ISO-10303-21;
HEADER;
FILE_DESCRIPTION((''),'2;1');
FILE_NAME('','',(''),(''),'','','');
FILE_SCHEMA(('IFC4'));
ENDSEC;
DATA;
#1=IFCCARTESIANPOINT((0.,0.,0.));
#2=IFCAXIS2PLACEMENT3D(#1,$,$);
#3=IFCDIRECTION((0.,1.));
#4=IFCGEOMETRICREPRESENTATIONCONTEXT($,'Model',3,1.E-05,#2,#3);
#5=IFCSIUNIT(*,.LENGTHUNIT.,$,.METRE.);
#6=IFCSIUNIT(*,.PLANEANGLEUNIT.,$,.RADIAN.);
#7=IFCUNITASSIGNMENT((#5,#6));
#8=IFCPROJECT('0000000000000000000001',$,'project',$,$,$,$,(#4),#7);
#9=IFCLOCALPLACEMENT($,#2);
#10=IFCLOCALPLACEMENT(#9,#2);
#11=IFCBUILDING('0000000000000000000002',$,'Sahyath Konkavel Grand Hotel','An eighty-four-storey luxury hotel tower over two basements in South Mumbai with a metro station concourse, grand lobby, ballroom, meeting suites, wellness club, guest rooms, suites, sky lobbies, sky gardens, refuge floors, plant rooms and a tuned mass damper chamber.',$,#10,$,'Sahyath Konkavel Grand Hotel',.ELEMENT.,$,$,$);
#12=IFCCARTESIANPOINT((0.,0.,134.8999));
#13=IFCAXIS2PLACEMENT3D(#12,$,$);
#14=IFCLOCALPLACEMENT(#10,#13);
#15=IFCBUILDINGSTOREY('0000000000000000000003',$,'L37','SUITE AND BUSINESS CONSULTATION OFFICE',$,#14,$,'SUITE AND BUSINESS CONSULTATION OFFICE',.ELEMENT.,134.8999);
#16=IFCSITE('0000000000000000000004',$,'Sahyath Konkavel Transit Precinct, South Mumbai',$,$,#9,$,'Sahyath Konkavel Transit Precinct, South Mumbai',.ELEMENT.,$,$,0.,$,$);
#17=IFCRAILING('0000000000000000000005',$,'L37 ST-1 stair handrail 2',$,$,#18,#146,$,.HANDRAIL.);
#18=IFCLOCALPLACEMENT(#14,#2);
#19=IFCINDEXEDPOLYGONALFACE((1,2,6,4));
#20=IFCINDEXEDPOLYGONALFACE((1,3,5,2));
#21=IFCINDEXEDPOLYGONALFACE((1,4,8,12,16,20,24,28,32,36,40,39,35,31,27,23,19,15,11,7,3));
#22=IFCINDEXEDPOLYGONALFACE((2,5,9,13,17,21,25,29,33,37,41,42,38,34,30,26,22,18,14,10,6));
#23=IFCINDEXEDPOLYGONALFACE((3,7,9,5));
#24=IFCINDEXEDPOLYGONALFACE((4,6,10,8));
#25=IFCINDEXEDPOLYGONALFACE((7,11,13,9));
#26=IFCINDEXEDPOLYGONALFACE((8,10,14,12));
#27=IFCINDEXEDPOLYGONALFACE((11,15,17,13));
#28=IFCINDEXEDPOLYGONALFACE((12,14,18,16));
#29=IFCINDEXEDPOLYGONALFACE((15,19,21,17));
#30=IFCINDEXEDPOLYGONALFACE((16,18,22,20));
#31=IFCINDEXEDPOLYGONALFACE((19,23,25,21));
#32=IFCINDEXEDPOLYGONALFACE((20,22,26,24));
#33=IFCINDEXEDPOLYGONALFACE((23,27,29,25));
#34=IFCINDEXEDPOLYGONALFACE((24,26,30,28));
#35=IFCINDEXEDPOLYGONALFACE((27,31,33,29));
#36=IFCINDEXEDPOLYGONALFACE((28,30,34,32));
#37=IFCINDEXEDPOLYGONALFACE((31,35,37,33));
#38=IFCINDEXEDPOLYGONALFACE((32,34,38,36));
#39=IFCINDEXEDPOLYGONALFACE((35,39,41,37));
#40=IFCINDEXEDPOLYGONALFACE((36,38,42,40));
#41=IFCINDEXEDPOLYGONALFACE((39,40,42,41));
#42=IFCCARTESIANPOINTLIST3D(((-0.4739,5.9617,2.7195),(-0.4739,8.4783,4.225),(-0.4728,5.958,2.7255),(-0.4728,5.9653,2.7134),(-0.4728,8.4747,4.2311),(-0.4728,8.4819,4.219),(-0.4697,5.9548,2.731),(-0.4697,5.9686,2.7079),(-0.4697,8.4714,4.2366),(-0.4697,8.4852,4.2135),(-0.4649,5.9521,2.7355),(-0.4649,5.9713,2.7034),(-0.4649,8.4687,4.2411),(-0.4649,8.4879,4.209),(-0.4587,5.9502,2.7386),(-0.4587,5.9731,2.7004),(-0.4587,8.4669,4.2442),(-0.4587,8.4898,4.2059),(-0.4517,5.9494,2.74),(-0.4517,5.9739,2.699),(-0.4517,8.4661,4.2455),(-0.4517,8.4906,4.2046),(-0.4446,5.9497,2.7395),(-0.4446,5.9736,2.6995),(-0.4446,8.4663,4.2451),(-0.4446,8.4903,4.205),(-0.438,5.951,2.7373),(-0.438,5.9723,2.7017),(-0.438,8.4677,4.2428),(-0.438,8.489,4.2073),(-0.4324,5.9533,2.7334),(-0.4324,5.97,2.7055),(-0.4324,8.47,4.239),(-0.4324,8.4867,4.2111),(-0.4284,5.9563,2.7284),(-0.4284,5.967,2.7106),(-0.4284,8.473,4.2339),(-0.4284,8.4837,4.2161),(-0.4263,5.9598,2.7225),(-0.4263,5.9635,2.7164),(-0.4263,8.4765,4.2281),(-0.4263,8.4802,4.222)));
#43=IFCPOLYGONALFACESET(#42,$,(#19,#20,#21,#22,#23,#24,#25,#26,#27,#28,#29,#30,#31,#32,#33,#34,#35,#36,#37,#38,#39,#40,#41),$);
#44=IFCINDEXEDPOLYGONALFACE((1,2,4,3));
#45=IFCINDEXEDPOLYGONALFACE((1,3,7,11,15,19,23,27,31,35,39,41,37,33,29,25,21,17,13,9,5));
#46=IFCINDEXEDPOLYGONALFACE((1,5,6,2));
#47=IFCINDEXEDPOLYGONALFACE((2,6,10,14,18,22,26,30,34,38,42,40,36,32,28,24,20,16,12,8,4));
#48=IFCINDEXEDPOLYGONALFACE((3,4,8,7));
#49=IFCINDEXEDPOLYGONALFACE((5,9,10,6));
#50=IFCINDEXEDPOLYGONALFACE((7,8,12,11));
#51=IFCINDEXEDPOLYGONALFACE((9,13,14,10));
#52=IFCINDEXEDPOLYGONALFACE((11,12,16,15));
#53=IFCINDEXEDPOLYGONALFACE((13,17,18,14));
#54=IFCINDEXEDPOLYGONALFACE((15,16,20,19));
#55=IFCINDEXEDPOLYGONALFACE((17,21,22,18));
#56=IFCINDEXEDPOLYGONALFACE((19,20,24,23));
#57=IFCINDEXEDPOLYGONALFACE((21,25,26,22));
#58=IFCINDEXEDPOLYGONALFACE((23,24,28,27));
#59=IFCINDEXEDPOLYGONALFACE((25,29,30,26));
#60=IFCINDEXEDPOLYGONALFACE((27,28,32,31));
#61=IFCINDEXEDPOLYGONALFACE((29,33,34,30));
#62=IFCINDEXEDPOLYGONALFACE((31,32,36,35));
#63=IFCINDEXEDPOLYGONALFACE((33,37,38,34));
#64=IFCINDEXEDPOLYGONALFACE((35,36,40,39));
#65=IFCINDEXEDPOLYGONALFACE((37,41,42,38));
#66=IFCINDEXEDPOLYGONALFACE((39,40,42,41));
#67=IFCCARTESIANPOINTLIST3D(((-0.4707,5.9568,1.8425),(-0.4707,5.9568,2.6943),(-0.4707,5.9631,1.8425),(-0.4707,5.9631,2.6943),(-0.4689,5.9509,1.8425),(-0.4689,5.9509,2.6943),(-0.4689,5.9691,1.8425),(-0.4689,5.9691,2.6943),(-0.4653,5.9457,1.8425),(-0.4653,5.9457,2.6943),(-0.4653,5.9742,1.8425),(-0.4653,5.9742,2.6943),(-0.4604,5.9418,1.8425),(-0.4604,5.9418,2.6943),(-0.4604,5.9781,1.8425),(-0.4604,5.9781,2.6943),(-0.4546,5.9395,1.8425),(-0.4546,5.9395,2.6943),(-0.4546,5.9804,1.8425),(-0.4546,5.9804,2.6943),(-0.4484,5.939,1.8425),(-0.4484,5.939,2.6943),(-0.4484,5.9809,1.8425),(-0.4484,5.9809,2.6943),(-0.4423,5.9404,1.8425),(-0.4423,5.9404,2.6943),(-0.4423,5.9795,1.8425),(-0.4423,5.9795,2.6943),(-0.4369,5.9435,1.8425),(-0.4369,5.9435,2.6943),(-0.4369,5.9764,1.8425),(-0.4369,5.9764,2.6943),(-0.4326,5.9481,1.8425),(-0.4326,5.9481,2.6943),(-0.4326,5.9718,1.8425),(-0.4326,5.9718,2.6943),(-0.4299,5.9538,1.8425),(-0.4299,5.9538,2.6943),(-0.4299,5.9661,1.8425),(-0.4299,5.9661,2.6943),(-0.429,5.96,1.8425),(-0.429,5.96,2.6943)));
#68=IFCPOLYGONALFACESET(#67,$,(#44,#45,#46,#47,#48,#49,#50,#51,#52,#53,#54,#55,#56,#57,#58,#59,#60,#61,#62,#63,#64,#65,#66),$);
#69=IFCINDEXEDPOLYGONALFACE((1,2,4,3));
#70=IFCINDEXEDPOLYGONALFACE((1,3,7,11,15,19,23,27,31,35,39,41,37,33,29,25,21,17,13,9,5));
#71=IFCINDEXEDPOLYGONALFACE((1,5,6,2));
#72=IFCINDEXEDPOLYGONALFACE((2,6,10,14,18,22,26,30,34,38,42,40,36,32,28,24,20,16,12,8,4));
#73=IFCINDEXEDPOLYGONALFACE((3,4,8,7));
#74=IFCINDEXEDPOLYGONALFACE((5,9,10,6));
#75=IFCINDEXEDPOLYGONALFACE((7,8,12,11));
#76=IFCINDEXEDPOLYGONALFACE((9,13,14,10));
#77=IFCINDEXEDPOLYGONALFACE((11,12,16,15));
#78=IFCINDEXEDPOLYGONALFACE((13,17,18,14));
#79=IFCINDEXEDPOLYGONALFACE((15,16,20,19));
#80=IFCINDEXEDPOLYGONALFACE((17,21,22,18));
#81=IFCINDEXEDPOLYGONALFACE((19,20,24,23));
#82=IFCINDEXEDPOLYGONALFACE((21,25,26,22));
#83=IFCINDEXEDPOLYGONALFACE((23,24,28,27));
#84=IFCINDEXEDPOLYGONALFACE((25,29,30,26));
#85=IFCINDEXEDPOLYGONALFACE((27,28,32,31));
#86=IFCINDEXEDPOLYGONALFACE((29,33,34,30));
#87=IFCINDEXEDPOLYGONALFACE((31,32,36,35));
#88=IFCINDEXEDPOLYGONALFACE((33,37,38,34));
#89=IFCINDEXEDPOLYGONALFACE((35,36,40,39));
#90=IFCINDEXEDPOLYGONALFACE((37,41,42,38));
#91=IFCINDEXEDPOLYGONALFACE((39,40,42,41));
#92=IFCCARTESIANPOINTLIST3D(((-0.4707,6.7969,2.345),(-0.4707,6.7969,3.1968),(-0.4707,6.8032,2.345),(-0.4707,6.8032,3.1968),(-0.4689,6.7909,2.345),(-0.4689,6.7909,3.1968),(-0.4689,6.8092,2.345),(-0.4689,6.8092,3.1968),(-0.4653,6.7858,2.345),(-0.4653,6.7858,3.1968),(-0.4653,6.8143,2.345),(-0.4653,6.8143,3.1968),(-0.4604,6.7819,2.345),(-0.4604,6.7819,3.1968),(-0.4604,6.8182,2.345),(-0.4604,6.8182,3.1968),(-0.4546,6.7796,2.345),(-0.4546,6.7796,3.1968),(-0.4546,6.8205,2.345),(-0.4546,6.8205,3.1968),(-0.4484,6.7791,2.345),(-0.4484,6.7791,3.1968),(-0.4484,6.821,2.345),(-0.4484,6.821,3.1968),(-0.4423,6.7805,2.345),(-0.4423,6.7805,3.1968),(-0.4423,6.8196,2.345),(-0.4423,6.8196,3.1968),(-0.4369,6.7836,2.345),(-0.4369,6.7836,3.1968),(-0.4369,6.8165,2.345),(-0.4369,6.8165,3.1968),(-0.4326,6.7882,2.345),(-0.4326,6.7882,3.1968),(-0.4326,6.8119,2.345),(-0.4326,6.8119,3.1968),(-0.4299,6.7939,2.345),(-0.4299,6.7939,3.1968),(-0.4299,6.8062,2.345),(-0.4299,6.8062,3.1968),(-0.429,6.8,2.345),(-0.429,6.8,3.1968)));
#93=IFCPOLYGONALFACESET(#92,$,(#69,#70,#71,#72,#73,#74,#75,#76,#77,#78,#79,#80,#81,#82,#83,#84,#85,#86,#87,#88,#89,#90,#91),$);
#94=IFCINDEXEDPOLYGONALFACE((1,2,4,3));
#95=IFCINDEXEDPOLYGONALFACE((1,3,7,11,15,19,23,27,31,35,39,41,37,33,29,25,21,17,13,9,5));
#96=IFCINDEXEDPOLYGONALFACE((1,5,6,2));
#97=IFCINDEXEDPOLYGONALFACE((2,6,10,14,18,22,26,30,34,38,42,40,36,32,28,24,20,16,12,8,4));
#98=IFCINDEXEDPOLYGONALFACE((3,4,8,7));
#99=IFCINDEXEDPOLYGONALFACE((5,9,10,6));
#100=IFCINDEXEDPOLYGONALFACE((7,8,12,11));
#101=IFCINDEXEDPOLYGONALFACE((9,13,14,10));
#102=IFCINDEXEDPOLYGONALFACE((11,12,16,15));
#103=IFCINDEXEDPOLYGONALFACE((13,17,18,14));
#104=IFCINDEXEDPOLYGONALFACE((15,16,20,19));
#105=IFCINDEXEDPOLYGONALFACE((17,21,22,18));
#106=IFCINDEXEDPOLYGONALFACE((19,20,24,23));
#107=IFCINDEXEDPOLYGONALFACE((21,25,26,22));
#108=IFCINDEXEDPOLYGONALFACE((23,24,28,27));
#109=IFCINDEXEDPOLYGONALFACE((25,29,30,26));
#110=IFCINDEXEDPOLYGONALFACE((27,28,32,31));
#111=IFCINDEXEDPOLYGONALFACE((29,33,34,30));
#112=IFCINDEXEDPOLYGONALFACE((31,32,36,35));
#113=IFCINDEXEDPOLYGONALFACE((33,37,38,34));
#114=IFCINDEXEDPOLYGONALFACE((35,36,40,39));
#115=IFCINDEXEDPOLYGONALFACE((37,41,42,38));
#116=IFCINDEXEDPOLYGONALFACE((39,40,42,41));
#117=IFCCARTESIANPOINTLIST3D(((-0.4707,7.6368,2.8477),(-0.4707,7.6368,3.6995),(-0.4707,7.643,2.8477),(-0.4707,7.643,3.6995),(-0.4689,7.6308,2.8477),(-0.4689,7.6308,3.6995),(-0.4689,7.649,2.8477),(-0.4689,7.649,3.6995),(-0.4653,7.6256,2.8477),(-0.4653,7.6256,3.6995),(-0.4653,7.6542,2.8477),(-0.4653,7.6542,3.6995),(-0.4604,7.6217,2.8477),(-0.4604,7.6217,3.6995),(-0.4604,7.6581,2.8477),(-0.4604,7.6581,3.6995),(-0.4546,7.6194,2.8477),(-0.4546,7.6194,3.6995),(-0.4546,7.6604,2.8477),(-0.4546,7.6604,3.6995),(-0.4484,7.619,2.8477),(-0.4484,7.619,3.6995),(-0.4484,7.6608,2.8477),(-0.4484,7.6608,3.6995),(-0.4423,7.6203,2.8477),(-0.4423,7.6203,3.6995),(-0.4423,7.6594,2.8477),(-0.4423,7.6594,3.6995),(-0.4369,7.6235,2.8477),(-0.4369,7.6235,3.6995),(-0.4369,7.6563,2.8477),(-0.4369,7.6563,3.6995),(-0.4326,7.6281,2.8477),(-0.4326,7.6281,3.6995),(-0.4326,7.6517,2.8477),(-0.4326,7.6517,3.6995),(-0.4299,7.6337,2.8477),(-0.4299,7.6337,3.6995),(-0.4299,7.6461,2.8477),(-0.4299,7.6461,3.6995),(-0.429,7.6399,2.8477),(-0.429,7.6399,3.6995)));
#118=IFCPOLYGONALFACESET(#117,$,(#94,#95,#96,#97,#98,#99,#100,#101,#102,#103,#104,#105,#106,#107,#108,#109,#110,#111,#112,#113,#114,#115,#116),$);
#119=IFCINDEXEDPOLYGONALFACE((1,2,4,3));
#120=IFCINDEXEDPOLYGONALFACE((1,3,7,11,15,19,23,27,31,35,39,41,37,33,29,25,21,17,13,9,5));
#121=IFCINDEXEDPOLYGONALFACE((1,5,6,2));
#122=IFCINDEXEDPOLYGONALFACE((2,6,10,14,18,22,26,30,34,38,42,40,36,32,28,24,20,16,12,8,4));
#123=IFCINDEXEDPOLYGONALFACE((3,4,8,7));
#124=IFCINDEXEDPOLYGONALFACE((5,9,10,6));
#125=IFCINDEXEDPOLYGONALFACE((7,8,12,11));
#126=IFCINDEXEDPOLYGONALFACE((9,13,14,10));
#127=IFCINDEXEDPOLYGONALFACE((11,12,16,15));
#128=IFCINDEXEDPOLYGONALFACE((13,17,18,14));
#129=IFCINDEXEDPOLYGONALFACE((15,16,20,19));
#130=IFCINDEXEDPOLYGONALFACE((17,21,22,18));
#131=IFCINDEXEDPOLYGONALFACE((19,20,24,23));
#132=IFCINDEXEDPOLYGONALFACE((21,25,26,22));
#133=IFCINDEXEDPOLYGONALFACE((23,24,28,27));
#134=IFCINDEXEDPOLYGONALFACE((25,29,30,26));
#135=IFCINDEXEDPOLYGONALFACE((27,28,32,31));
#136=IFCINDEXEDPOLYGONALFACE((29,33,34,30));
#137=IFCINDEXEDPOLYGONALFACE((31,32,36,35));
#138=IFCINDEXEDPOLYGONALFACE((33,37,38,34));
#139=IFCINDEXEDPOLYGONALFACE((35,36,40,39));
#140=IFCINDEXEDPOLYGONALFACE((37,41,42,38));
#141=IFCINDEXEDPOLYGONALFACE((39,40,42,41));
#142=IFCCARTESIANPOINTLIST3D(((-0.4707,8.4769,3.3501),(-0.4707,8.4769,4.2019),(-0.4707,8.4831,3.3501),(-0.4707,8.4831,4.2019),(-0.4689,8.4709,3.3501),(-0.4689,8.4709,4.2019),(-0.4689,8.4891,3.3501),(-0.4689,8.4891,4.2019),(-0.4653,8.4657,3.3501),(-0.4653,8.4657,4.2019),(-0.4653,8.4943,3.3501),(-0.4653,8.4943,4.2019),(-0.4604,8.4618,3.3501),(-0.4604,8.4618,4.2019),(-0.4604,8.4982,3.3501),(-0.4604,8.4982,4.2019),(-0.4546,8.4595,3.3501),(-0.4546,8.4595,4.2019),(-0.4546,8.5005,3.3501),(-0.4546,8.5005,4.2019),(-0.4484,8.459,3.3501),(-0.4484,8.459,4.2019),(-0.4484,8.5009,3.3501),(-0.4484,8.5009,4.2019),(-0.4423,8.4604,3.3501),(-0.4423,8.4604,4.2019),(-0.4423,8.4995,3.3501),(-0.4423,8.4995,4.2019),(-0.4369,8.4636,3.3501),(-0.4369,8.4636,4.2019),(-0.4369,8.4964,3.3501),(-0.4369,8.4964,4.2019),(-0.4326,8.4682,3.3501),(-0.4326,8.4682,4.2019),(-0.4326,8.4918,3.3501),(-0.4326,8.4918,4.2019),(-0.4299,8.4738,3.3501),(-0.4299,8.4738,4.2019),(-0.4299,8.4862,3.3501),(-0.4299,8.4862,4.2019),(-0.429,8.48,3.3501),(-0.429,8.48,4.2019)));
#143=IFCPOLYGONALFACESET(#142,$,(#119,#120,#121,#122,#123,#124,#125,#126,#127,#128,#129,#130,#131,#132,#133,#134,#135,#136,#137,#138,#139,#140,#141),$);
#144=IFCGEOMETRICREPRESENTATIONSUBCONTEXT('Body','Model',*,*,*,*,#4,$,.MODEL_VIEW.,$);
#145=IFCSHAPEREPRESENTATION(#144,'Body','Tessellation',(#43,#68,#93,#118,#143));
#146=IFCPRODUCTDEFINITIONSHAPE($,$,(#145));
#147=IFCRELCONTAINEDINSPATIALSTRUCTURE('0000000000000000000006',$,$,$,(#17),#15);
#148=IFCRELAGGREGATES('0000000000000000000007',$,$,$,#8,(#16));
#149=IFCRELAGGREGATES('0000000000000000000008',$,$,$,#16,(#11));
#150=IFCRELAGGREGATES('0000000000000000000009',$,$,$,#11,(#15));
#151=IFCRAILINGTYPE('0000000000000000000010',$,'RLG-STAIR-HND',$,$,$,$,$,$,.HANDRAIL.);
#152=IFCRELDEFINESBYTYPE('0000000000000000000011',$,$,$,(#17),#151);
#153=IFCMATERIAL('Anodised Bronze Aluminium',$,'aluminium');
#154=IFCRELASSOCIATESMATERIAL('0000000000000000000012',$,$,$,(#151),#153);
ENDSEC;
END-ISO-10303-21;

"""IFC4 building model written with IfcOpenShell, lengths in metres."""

from ifc_helpers import new_model, si_unit, direction, frame, origin, origin_2d, place, context, subcontext, project, spatial, circle, extrude, material, type_object, element, save


model = new_model("IFC4")

# Units and contexts
model_context = context("Model", 3, precision=1e-05, world=origin(), true_north=direction((0.0, 1.0)))
body_context = subcontext(model_context, "Body", "Model", "MODEL_VIEW")
ifc_project = project(units=[si_unit("LENGTHUNIT", "METRE"), si_unit("PLANEANGLEUNIT", "RADIAN")], contexts=[model_context])

# Site, building, storey
site_placement = place(None, origin())
site = spatial("IfcSite", under=ifc_project, at=site_placement, Name="Sahyath Konkavel Transit Precinct, South Mumbai", LongName="Sahyath Konkavel Transit Precinct, South Mumbai", CompositionType="ELEMENT", RefElevation=0.0)
building_placement = place(site_placement, origin())
building = spatial("IfcBuilding", under=site, at=building_placement, Name="Sahyath Konkavel Grand Hotel", Description="An eighty-four-storey luxury hotel tower over two basements in South Mumbai with a metro station concourse, grand lobby, ballroom, meeting suites, wellness club, guest rooms, suites, sky lobbies, sky gardens, refuge floors, plant rooms and a tuned mass damper chamber.", LongName="Sahyath Konkavel Grand Hotel", CompositionType="ELEMENT")
storey_placement = place(building_placement, frame((0.0, 0.0, 134.8999)))
storey = spatial("IfcBuildingStorey", under=building, at=storey_placement, Name="L37", Description="SUITE AND BUSINESS CONSULTATION OFFICE", LongName="SUITE AND BUSINESS CONSULTATION OFFICE", CompositionType="ELEMENT", Elevation=134.8999)

# Railing
ifc_material_1 = material(Name="Anodised Bronze Aluminium", Category="aluminium")
railing_type_1 = type_object("IfcRailingType", Name="RLG-STAIR-HND", PredefinedType="HANDRAIL", material=ifc_material_1)
railing_1_placement = place(storey_placement, frame((-0.45, 5.96, 1.8425)))
element("IfcRailing", 1, at=railing_1_placement, inside=storey, type_object=railing_type_1, Name="L37 ST-1 stair handrail 2", PredefinedType="HANDRAIL", context=body_context, shape_type="SweptSolid", body=[
    extrude(circle(Radius=0.0239, at=origin_2d()), frame((0.0, 0.0017, 0.877), z_axis=(0.0, 0.85816, 0.513383), x_axis=(-1.0, 0.0, 0.0)), (0.0, 0.0, 1.0), 2.9326),
    extrude(circle(Radius=0.021, at=origin_2d()), origin(), (0.0, 0.0, 1.0), 0.8518),
    extrude(circle(Radius=0.021, at=origin_2d()), frame((0.0, 0.8401, 0.5024)), (0.0, 0.0, 1.0), 0.8518),
    extrude(circle(Radius=0.021, at=origin_2d()), frame((0.0, 1.6799, 1.0051)), (0.0, 0.0, 1.0), 0.8518),
    extrude(circle(Radius=0.021, at=origin_2d()), frame((0.0, 2.52, 1.5076)), (0.0, 0.0, 1.0), 0.8518),
])

save(model, "model.ifc")
